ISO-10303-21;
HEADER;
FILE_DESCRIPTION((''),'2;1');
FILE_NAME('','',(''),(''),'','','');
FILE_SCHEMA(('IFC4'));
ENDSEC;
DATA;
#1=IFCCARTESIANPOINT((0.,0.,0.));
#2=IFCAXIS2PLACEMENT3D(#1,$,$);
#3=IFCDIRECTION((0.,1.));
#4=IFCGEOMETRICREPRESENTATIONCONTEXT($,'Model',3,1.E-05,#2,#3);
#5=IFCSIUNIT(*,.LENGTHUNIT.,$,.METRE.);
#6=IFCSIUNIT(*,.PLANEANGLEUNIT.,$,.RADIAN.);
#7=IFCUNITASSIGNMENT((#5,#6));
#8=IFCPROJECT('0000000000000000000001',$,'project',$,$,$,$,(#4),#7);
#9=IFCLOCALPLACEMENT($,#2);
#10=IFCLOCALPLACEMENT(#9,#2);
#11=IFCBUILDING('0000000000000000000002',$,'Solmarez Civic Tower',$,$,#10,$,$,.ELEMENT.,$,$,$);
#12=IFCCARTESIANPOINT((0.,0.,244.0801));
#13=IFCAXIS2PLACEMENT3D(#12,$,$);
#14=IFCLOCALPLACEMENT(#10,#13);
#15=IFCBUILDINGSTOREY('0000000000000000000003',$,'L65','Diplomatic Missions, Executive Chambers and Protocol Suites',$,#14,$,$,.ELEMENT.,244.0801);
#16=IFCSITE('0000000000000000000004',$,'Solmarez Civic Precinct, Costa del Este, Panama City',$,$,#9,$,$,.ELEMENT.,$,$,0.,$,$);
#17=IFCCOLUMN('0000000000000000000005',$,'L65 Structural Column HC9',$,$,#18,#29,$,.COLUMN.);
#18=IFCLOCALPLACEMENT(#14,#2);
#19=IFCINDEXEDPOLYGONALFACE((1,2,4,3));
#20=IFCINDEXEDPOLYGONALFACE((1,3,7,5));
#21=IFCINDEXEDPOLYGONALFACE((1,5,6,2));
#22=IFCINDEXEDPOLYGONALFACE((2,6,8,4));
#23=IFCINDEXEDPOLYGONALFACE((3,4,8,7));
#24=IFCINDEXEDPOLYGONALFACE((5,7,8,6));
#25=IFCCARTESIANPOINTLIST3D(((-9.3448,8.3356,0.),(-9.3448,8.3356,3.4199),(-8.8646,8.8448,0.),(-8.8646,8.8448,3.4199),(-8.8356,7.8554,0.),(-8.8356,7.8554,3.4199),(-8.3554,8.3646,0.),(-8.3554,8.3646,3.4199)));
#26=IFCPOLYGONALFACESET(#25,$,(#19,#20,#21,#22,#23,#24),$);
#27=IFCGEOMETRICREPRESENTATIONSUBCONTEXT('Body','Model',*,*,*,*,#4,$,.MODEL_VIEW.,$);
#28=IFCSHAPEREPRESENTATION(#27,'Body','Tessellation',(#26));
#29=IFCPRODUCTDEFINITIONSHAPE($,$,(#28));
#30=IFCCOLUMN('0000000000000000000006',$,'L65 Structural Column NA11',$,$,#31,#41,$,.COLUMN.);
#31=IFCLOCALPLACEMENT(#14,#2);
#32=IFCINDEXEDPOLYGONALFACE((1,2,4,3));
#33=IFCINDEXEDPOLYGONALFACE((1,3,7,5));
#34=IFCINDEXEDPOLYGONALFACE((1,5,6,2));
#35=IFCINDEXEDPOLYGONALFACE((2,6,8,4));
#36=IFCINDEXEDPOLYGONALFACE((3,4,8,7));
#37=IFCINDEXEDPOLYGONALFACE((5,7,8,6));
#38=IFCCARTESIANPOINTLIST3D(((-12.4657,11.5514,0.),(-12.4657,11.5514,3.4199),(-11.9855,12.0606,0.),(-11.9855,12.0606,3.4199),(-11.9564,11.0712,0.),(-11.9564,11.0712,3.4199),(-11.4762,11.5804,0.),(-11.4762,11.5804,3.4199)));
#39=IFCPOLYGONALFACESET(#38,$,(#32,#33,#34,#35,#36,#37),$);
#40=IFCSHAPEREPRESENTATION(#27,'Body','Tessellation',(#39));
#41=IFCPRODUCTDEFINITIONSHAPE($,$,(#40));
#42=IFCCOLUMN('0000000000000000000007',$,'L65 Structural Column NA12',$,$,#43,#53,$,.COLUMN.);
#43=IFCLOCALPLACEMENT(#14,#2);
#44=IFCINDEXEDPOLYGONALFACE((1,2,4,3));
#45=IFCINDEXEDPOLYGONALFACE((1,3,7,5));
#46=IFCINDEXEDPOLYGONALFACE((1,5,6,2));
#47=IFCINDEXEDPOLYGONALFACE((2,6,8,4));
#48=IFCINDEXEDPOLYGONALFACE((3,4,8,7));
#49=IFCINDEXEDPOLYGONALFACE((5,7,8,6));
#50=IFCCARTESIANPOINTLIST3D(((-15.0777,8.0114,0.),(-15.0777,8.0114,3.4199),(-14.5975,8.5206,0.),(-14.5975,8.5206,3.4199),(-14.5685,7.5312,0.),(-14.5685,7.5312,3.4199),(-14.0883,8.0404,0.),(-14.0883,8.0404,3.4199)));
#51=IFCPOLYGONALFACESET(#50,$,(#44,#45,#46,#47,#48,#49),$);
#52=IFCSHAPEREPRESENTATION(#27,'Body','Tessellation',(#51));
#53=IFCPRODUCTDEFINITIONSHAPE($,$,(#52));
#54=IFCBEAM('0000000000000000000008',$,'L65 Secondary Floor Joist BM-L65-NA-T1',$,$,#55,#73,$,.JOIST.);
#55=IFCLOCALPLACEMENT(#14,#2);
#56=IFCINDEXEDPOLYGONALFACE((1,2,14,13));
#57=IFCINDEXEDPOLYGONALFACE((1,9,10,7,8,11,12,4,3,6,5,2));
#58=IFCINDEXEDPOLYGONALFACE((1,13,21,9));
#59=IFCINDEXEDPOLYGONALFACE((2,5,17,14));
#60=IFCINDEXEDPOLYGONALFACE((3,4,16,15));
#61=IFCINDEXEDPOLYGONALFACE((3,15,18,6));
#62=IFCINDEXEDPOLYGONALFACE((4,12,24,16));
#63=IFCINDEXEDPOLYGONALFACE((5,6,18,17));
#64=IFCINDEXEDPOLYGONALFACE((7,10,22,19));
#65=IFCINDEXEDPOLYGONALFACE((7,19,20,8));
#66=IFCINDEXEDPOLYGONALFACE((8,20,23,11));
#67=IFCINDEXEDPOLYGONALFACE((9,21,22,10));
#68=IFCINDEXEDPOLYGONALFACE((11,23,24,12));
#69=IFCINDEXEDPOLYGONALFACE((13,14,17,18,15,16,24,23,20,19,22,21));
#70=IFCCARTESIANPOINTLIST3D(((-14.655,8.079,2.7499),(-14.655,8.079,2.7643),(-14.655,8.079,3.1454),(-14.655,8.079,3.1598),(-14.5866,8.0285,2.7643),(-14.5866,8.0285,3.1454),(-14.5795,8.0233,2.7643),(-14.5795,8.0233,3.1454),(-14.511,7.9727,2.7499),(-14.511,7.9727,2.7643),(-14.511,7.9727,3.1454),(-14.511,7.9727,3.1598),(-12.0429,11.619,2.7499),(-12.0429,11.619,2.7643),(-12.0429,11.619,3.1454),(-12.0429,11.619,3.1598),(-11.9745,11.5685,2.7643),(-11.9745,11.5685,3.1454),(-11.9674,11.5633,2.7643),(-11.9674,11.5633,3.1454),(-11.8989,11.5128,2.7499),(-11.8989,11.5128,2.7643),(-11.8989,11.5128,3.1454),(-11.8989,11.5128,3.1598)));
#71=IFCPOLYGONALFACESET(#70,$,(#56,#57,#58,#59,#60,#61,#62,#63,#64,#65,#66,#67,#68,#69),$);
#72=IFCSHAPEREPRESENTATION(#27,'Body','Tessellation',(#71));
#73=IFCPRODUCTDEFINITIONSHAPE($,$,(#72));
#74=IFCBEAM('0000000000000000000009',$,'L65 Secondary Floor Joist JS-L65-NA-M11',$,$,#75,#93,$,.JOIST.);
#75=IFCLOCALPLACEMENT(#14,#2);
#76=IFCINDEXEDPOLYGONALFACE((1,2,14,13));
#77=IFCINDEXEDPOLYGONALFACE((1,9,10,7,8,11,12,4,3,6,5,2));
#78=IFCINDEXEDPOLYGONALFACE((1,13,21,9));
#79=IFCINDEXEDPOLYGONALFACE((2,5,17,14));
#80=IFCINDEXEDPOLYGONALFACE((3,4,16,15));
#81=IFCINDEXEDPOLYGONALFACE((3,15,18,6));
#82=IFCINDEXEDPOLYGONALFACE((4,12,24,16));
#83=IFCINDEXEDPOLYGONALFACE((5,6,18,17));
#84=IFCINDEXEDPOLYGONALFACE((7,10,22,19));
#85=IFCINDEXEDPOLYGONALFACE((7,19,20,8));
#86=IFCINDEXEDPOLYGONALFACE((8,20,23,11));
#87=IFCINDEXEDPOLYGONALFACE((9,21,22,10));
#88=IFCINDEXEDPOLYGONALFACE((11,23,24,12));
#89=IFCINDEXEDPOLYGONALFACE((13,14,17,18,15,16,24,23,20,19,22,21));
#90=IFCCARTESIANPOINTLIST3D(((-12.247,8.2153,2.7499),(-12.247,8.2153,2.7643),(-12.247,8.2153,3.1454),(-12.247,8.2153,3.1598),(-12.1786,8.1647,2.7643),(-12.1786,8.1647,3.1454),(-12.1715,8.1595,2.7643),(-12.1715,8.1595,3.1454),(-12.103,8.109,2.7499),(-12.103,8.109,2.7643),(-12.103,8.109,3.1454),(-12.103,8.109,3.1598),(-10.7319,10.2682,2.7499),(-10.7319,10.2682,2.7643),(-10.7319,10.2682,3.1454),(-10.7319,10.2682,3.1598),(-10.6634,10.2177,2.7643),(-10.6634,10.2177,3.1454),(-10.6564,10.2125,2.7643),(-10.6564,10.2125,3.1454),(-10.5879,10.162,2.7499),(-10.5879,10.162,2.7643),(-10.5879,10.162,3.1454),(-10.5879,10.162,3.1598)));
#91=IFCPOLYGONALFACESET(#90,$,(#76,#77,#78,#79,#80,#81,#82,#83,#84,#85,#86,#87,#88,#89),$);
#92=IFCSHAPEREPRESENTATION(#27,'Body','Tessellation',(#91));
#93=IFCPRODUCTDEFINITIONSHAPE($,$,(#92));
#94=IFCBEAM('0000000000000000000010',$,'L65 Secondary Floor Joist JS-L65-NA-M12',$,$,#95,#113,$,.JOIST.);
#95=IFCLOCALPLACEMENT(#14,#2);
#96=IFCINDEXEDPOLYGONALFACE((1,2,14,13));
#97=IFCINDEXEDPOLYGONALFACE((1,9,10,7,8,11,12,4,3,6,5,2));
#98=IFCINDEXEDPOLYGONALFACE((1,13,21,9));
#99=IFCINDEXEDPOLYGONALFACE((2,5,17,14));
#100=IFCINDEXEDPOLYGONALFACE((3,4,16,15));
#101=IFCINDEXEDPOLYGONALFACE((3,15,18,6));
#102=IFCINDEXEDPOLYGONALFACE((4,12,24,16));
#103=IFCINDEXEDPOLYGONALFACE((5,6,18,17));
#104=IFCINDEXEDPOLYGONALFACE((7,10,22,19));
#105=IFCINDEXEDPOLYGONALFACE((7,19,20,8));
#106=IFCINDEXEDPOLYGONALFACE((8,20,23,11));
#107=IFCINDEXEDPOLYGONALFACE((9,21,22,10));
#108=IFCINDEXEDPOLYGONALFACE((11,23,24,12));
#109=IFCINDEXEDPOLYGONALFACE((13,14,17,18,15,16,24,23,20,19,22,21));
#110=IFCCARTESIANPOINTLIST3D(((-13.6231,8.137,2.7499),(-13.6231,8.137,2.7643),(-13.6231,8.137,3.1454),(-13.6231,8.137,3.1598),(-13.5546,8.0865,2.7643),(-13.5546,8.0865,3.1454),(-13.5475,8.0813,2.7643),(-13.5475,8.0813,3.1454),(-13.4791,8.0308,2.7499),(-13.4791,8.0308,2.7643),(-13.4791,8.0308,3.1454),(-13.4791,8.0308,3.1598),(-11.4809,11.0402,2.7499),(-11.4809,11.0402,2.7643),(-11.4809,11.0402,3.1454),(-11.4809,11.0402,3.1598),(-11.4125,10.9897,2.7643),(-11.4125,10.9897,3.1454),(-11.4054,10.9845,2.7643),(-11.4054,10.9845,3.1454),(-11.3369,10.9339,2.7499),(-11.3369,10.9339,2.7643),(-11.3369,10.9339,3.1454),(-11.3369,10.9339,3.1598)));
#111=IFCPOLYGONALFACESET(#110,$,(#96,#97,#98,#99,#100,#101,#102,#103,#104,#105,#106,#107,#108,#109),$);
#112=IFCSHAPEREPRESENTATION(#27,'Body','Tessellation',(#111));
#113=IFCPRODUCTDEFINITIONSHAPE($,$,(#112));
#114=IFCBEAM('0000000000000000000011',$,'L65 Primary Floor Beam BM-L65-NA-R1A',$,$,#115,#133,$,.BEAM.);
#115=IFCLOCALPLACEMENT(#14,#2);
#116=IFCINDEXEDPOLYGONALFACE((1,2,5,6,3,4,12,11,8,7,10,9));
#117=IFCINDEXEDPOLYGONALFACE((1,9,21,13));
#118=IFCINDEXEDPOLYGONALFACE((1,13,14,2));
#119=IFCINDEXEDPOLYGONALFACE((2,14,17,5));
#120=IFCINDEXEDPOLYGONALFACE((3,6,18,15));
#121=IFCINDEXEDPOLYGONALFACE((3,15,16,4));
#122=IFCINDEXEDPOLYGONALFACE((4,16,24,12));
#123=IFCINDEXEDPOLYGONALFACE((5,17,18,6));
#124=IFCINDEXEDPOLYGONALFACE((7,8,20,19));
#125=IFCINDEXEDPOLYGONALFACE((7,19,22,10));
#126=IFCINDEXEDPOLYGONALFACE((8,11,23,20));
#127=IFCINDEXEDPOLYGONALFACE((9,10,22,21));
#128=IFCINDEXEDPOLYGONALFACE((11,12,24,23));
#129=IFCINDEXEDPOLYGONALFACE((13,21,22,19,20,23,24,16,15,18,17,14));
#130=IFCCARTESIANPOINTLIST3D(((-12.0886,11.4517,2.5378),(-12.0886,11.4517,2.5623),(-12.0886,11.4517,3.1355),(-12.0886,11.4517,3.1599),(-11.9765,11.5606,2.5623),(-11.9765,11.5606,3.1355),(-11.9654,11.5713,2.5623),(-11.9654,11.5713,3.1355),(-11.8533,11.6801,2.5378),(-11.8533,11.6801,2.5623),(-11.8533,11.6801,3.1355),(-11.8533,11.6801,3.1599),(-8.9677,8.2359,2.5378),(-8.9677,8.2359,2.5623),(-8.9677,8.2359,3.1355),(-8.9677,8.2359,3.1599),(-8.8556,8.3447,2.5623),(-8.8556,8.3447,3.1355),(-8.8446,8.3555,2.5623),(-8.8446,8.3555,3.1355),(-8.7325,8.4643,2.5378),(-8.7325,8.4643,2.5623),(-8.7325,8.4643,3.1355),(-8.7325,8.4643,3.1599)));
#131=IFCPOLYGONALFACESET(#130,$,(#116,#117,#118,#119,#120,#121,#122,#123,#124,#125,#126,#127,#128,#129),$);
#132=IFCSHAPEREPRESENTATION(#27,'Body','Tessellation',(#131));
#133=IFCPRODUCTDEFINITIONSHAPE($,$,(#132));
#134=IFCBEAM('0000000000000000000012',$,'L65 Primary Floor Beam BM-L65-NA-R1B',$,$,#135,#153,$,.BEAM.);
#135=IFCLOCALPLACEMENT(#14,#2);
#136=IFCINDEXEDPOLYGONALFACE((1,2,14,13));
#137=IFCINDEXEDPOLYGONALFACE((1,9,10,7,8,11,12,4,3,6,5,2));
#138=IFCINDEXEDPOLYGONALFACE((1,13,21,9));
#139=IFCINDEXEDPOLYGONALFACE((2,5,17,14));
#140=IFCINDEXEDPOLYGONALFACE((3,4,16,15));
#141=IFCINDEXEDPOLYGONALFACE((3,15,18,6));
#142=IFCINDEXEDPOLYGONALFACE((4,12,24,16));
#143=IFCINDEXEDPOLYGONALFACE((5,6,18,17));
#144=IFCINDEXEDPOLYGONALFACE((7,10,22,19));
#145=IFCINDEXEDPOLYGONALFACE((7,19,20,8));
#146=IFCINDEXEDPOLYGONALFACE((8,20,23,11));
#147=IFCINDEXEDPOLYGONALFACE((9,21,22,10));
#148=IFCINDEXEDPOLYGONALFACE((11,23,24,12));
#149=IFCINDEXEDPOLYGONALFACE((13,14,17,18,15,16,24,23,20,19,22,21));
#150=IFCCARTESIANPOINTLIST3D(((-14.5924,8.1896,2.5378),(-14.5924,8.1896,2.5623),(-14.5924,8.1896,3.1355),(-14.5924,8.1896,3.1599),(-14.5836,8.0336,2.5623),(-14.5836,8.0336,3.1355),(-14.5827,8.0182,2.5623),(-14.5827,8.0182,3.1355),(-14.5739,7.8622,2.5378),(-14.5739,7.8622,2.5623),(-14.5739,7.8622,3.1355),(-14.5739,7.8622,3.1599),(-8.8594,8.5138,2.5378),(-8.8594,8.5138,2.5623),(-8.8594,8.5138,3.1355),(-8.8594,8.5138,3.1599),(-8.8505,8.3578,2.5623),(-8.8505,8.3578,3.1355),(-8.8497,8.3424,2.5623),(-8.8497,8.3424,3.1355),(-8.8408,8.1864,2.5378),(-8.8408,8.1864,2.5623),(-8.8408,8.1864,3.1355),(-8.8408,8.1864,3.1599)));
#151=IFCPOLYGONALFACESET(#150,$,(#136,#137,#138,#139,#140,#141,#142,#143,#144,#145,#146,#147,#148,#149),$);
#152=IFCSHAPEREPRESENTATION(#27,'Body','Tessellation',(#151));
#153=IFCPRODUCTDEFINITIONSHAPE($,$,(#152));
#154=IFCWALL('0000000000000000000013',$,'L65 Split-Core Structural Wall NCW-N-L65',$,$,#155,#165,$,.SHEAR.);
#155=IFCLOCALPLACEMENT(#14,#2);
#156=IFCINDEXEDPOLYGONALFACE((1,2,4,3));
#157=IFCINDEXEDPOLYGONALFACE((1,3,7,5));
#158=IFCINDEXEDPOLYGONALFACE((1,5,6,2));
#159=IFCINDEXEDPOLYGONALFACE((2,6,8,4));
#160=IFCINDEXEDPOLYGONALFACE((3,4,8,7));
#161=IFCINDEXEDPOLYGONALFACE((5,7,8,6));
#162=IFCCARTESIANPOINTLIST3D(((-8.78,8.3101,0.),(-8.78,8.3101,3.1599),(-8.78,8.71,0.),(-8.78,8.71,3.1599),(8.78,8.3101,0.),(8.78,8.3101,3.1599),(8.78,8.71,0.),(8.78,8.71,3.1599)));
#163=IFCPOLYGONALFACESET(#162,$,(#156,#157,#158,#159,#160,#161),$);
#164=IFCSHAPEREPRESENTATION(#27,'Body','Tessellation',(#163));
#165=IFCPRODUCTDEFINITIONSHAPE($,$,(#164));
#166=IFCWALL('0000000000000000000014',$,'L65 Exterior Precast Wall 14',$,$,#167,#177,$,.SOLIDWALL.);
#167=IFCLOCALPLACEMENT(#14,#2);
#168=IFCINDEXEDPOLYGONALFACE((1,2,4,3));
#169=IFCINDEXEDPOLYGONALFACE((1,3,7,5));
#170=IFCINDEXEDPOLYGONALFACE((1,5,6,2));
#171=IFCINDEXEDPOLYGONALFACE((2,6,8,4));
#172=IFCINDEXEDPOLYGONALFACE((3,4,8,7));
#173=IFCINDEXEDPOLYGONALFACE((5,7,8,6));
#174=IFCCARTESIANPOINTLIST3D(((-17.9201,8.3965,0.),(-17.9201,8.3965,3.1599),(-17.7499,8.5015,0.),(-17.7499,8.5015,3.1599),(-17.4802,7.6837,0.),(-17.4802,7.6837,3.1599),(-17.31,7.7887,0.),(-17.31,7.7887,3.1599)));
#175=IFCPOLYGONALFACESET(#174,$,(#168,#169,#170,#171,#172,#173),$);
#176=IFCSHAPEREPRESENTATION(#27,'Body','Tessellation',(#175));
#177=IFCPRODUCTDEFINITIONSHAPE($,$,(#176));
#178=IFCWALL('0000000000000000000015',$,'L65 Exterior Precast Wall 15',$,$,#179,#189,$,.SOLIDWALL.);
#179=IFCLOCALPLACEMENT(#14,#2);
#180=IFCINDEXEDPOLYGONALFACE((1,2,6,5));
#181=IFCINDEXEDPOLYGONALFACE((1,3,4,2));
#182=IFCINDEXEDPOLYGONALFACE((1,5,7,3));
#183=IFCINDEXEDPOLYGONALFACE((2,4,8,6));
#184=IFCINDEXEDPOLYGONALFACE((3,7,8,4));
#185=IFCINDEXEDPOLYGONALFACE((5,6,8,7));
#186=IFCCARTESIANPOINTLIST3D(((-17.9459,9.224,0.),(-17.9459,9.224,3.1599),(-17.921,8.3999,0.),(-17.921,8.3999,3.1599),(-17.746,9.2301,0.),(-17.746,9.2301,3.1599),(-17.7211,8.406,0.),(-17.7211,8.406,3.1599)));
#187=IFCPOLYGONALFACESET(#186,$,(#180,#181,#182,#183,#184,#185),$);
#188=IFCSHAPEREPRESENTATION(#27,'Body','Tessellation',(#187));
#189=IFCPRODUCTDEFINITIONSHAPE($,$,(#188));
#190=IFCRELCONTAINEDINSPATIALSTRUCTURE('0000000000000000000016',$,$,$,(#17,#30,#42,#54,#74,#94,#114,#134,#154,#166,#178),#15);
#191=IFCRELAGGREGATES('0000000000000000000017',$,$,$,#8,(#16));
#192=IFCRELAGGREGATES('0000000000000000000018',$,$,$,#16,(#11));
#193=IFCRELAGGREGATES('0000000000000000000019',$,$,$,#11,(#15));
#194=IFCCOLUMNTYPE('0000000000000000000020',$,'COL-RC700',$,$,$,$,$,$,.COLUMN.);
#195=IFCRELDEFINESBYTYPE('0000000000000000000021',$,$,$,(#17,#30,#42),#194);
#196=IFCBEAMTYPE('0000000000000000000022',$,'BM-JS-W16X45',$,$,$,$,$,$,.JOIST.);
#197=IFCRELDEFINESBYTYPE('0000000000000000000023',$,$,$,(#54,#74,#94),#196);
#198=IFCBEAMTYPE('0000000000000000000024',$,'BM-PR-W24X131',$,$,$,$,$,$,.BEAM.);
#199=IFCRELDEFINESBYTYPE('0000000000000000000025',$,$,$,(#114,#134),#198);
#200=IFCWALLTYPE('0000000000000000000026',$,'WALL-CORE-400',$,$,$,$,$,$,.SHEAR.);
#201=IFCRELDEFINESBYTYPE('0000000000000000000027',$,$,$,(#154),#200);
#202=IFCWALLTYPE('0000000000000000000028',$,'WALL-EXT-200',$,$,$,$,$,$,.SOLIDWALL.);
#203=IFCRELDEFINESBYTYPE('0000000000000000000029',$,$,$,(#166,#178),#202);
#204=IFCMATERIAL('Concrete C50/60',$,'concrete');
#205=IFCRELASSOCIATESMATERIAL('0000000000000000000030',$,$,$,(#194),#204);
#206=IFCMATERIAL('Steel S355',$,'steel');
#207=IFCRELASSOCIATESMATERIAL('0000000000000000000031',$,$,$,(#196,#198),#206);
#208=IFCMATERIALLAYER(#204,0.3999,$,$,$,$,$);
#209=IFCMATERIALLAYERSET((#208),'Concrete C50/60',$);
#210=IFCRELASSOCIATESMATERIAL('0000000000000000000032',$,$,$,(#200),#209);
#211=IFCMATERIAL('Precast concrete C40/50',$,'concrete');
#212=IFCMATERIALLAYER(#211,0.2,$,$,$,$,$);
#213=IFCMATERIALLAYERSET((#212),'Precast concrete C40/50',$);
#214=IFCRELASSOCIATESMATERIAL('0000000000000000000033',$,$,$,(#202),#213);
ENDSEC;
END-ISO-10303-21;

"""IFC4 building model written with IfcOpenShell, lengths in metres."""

from ifc_helpers import new_model, si_unit, direction, frame, frame_2d, origin, origin_2d, place, context, subcontext, project, spatial, rectangle, i_section, extrude, material, layer, layer_set, material_profile, profile_set, type_object, element, save


model = new_model("IFC4")

# Units and contexts
model_context = context("Model", 3, precision=1e-05, world=origin(), true_north=direction((0.0, 1.0)))
body_context = subcontext(model_context, "Body", "Model", "MODEL_VIEW")
ifc_project = project(units=[si_unit("LENGTHUNIT", "METRE"), si_unit("PLANEANGLEUNIT", "RADIAN")], contexts=[model_context])

# Site, building, storey
site_placement = place(None, origin())
site = spatial("IfcSite", under=ifc_project, at=site_placement, Name="Solmarez Civic Precinct, Costa del Este, Panama City", CompositionType="ELEMENT", RefElevation=0.0)
building_placement = place(site_placement, origin())
building = spatial("IfcBuilding", under=site, at=building_placement, Name="Solmarez Civic Tower", CompositionType="ELEMENT")
storey_placement = place(building_placement, frame((0.0, 0.0, 244.0801)))
storey = spatial("IfcBuildingStorey", under=building, at=storey_placement, Name="L65", Description="Diplomatic Missions, Executive Chambers and Protocol Suites", CompositionType="ELEMENT", Elevation=244.0801)

# Columns
ifc_material_1 = material(Name="Concrete C50/60", Category="concrete")
ifc_material_profile_1 = material_profile(ifc_material_1, rectangle(XDim=0.7, YDim=0.7, at=origin_2d()), Name="RC700X700")
ifc_profile_set_1 = profile_set([ifc_material_profile_1], Name="Concrete C50/60")
column_type = type_object("IfcColumnType", Name="COL-RC700", PredefinedType="COLUMN", material=ifc_profile_set_1)
for number, where, z_axis, x_axis, name in (
    (1, (-8.8501, 8.3501, 0.0), (0.0, 0.0, 1.0), (0.686072, 0.727533, 0.0), "L65 Structural Column HC9"),
    (2, (-11.9709, 11.5659, 0.0), (0.0, 0.0, 1.0), (0.686072, 0.727533, 0.0), "L65 Structural Column NA11"),
    (3, (-14.583, 8.0259, 0.0), (0.0, 0.0, 1.0), (0.686072, 0.727533, 0.0), "L65 Structural Column NA12"),
):
    element("IfcColumn", number, at=place(storey_placement, frame(where, z_axis=z_axis, x_axis=x_axis)), inside=storey, type_object=column_type, Name=name, PredefinedType="COLUMN", context=body_context, shape_type="SweptSolid", body=[
        extrude(rectangle(XDim=0.7, YDim=0.7, at=origin_2d()), origin(), (0.0, 0.0, 1.0), 3.4199),
    ])

# Beams
ifc_material_2 = material(Name="Steel S355", Category="steel")
ifc_material_profile_2 = material_profile(ifc_material_2, i_section(OverallWidth=0.179, OverallDepth=0.4099, WebThickness=0.0088, FlangeThickness=0.0144, at=origin_2d()), Name="W16X45")
ifc_profile_set_2 = profile_set([ifc_material_profile_2], Name="Steel S355")
beam_type_1 = type_object("IfcBeamType", Name="BM-JS-W16X45", PredefinedType="JOIST", material=ifc_profile_set_2)
beam_1_placement = place(storey_placement, frame((-11.9709, 11.5659, 2.9548), z_axis=(-0.593731, -0.804664, 0.0), x_axis=(0.804664, -0.593731, 0.0)))
element("IfcBeam", 4, at=beam_1_placement, inside=storey, type_object=beam_type_1, Name="L65 Secondary Floor Joist BM-L65-NA-T1", PredefinedType="JOIST", context=body_context, shape_type="SweptSolid", body=[
    extrude(i_section(OverallWidth=0.179, OverallDepth=0.4099, WebThickness=0.0088, FlangeThickness=0.0144, at=origin_2d()), origin(), (0.0, 0.0, 1.0), 4.3994),
])
beam_2_placement = place(storey_placement, frame((-10.6599, 10.2151, 2.9548), z_axis=(-0.593812, -0.804603, 0.0), x_axis=(0.804603, -0.593812, 0.0)))
element("IfcBeam", 5, at=beam_2_placement, inside=storey, type_object=beam_type_1, Name="L65 Secondary Floor Joist JS-L65-NA-M11", PredefinedType="JOIST", context=body_context, shape_type="SweptSolid", body=[
    extrude(i_section(OverallWidth=0.179, OverallDepth=0.4099, WebThickness=0.0088, FlangeThickness=0.0144, at=origin_2d()), origin(), (0.0, 0.0, 1.0), 2.5515),
])
beam_3_placement = place(storey_placement, frame((-11.4089, 10.9871, 2.9548), z_axis=(-0.593734, -0.804661, 0.0), x_axis=(0.804661, -0.593734, 0.0)))
element("IfcBeam", 6, at=beam_3_placement, inside=storey, type_object=beam_type_1, Name="L65 Secondary Floor Joist JS-L65-NA-M12", PredefinedType="JOIST", context=body_context, shape_type="SweptSolid", body=[
    extrude(i_section(OverallWidth=0.179, OverallDepth=0.4099, WebThickness=0.0088, FlangeThickness=0.0144, at=origin_2d()), origin(), (0.0, 0.0, 1.0), 3.6079),
])
ifc_material_profile_3 = material_profile(ifc_material_2, i_section(OverallWidth=0.3279, OverallDepth=0.6221, WebThickness=0.0154, FlangeThickness=0.0244, at=origin_2d()), Name="W24X131")
ifc_profile_set_3 = profile_set([ifc_material_profile_3], Name="Steel S355")
beam_type_2 = type_object("IfcBeamType", Name="BM-PR-W24X131", PredefinedType="BEAM", material=ifc_profile_set_3)
beam_4_placement = place(storey_placement, frame((-8.8501, 8.3501, 2.8489), z_axis=(-0.696431, 0.717624, 0.0), x_axis=(-0.717624, -0.696431, 0.0)))
element("IfcBeam", 7, at=beam_4_placement, inside=storey, type_object=beam_type_2, Name="L65 Primary Floor Beam BM-L65-NA-R1A", PredefinedType="BEAM", context=body_context, shape_type="SweptSolid", body=[
    extrude(i_section(OverallWidth=0.3279, OverallDepth=0.6221, WebThickness=0.0154, FlangeThickness=0.0244, at=origin_2d()), origin(), (0.0, 0.0, 1.0), 4.4812),
])
beam_5_placement = place(storey_placement, frame((-8.8501, 8.3501, 2.8489), z_axis=(-0.998405, -0.056464, 0.0), x_axis=(0.056464, -0.998405, 0.0)))
element("IfcBeam", 8, at=beam_5_placement, inside=storey, type_object=beam_type_2, Name="L65 Primary Floor Beam BM-L65-NA-R1B", PredefinedType="BEAM", context=body_context, shape_type="SweptSolid", body=[
    extrude(i_section(OverallWidth=0.3279, OverallDepth=0.6221, WebThickness=0.0154, FlangeThickness=0.0244, at=origin_2d()), origin(), (0.0, 0.0, 1.0), 5.7422),
])

# Walls
ifc_layer_1 = layer(ifc_material_1, 0.3999)
ifc_layer_set_1 = layer_set([ifc_layer_1], Name="Concrete C50/60")
wall_type_1 = type_object("IfcWallType", Name="WALL-CORE-400", PredefinedType="SHEAR", material=ifc_layer_set_1)
wall_1_placement = place(storey_placement, frame((-8.78, 8.51, 0.0), z_axis=(0.0, 0.0, 1.0), x_axis=(1.0, 0.0, 0.0)))
element("IfcWall", 9, at=wall_1_placement, inside=storey, type_object=wall_type_1, Name="L65 Split-Core Structural Wall NCW-N-L65", PredefinedType="SHEAR", context=body_context, shape_type="SweptSolid", body=[
    extrude(rectangle(XDim=17.5601, YDim=0.3999, at=frame_2d((8.78, 0.0))), origin(), (0.0, 0.0, 1.0), 3.1599),
])
ifc_material_3 = material(Name="Precast concrete C40/50", Category="concrete")
ifc_layer_2 = layer(ifc_material_3, 0.2)
ifc_layer_set_2 = layer_set([ifc_layer_2], Name="Precast concrete C40/50")
wall_type_2 = type_object("IfcWallType", Name="WALL-EXT-200", PredefinedType="SOLIDWALL", material=ifc_layer_set_2)
wall_2_placement = place(storey_placement, frame((-17.395, 7.7361, 0.0), z_axis=(0.0, 0.0, 1.0), x_axis=(-0.52517, 0.850997, 0.0)))
element("IfcWall", 10, at=wall_2_placement, inside=storey, type_object=wall_type_2, Name="L65 Exterior Precast Wall 14", PredefinedType="SOLIDWALL", context=body_context, shape_type="SweptSolid", body=[
    extrude(rectangle(XDim=0.8376, YDim=0.2, at=frame_2d((0.4189, 0.0))), origin(), (0.0, 0.0, 1.0), 3.1599),
])
wall_3_placement = place(storey_placement, frame((-17.821, 8.4031, 0.0), z_axis=(0.0, 0.0, 1.0), x_axis=(-0.030208, 0.999544, 0.0)))
element("IfcWall", 11, at=wall_3_placement, inside=storey, type_object=wall_type_2, Name="L65 Exterior Precast Wall 15", PredefinedType="SOLIDWALL", context=body_context, shape_type="SweptSolid", body=[
    extrude(rectangle(XDim=0.8245, YDim=0.2, at=frame_2d((0.4121, 0.0))), origin(), (0.0, 0.0, 1.0), 3.1599),
])

save(model, "model.ifc")
